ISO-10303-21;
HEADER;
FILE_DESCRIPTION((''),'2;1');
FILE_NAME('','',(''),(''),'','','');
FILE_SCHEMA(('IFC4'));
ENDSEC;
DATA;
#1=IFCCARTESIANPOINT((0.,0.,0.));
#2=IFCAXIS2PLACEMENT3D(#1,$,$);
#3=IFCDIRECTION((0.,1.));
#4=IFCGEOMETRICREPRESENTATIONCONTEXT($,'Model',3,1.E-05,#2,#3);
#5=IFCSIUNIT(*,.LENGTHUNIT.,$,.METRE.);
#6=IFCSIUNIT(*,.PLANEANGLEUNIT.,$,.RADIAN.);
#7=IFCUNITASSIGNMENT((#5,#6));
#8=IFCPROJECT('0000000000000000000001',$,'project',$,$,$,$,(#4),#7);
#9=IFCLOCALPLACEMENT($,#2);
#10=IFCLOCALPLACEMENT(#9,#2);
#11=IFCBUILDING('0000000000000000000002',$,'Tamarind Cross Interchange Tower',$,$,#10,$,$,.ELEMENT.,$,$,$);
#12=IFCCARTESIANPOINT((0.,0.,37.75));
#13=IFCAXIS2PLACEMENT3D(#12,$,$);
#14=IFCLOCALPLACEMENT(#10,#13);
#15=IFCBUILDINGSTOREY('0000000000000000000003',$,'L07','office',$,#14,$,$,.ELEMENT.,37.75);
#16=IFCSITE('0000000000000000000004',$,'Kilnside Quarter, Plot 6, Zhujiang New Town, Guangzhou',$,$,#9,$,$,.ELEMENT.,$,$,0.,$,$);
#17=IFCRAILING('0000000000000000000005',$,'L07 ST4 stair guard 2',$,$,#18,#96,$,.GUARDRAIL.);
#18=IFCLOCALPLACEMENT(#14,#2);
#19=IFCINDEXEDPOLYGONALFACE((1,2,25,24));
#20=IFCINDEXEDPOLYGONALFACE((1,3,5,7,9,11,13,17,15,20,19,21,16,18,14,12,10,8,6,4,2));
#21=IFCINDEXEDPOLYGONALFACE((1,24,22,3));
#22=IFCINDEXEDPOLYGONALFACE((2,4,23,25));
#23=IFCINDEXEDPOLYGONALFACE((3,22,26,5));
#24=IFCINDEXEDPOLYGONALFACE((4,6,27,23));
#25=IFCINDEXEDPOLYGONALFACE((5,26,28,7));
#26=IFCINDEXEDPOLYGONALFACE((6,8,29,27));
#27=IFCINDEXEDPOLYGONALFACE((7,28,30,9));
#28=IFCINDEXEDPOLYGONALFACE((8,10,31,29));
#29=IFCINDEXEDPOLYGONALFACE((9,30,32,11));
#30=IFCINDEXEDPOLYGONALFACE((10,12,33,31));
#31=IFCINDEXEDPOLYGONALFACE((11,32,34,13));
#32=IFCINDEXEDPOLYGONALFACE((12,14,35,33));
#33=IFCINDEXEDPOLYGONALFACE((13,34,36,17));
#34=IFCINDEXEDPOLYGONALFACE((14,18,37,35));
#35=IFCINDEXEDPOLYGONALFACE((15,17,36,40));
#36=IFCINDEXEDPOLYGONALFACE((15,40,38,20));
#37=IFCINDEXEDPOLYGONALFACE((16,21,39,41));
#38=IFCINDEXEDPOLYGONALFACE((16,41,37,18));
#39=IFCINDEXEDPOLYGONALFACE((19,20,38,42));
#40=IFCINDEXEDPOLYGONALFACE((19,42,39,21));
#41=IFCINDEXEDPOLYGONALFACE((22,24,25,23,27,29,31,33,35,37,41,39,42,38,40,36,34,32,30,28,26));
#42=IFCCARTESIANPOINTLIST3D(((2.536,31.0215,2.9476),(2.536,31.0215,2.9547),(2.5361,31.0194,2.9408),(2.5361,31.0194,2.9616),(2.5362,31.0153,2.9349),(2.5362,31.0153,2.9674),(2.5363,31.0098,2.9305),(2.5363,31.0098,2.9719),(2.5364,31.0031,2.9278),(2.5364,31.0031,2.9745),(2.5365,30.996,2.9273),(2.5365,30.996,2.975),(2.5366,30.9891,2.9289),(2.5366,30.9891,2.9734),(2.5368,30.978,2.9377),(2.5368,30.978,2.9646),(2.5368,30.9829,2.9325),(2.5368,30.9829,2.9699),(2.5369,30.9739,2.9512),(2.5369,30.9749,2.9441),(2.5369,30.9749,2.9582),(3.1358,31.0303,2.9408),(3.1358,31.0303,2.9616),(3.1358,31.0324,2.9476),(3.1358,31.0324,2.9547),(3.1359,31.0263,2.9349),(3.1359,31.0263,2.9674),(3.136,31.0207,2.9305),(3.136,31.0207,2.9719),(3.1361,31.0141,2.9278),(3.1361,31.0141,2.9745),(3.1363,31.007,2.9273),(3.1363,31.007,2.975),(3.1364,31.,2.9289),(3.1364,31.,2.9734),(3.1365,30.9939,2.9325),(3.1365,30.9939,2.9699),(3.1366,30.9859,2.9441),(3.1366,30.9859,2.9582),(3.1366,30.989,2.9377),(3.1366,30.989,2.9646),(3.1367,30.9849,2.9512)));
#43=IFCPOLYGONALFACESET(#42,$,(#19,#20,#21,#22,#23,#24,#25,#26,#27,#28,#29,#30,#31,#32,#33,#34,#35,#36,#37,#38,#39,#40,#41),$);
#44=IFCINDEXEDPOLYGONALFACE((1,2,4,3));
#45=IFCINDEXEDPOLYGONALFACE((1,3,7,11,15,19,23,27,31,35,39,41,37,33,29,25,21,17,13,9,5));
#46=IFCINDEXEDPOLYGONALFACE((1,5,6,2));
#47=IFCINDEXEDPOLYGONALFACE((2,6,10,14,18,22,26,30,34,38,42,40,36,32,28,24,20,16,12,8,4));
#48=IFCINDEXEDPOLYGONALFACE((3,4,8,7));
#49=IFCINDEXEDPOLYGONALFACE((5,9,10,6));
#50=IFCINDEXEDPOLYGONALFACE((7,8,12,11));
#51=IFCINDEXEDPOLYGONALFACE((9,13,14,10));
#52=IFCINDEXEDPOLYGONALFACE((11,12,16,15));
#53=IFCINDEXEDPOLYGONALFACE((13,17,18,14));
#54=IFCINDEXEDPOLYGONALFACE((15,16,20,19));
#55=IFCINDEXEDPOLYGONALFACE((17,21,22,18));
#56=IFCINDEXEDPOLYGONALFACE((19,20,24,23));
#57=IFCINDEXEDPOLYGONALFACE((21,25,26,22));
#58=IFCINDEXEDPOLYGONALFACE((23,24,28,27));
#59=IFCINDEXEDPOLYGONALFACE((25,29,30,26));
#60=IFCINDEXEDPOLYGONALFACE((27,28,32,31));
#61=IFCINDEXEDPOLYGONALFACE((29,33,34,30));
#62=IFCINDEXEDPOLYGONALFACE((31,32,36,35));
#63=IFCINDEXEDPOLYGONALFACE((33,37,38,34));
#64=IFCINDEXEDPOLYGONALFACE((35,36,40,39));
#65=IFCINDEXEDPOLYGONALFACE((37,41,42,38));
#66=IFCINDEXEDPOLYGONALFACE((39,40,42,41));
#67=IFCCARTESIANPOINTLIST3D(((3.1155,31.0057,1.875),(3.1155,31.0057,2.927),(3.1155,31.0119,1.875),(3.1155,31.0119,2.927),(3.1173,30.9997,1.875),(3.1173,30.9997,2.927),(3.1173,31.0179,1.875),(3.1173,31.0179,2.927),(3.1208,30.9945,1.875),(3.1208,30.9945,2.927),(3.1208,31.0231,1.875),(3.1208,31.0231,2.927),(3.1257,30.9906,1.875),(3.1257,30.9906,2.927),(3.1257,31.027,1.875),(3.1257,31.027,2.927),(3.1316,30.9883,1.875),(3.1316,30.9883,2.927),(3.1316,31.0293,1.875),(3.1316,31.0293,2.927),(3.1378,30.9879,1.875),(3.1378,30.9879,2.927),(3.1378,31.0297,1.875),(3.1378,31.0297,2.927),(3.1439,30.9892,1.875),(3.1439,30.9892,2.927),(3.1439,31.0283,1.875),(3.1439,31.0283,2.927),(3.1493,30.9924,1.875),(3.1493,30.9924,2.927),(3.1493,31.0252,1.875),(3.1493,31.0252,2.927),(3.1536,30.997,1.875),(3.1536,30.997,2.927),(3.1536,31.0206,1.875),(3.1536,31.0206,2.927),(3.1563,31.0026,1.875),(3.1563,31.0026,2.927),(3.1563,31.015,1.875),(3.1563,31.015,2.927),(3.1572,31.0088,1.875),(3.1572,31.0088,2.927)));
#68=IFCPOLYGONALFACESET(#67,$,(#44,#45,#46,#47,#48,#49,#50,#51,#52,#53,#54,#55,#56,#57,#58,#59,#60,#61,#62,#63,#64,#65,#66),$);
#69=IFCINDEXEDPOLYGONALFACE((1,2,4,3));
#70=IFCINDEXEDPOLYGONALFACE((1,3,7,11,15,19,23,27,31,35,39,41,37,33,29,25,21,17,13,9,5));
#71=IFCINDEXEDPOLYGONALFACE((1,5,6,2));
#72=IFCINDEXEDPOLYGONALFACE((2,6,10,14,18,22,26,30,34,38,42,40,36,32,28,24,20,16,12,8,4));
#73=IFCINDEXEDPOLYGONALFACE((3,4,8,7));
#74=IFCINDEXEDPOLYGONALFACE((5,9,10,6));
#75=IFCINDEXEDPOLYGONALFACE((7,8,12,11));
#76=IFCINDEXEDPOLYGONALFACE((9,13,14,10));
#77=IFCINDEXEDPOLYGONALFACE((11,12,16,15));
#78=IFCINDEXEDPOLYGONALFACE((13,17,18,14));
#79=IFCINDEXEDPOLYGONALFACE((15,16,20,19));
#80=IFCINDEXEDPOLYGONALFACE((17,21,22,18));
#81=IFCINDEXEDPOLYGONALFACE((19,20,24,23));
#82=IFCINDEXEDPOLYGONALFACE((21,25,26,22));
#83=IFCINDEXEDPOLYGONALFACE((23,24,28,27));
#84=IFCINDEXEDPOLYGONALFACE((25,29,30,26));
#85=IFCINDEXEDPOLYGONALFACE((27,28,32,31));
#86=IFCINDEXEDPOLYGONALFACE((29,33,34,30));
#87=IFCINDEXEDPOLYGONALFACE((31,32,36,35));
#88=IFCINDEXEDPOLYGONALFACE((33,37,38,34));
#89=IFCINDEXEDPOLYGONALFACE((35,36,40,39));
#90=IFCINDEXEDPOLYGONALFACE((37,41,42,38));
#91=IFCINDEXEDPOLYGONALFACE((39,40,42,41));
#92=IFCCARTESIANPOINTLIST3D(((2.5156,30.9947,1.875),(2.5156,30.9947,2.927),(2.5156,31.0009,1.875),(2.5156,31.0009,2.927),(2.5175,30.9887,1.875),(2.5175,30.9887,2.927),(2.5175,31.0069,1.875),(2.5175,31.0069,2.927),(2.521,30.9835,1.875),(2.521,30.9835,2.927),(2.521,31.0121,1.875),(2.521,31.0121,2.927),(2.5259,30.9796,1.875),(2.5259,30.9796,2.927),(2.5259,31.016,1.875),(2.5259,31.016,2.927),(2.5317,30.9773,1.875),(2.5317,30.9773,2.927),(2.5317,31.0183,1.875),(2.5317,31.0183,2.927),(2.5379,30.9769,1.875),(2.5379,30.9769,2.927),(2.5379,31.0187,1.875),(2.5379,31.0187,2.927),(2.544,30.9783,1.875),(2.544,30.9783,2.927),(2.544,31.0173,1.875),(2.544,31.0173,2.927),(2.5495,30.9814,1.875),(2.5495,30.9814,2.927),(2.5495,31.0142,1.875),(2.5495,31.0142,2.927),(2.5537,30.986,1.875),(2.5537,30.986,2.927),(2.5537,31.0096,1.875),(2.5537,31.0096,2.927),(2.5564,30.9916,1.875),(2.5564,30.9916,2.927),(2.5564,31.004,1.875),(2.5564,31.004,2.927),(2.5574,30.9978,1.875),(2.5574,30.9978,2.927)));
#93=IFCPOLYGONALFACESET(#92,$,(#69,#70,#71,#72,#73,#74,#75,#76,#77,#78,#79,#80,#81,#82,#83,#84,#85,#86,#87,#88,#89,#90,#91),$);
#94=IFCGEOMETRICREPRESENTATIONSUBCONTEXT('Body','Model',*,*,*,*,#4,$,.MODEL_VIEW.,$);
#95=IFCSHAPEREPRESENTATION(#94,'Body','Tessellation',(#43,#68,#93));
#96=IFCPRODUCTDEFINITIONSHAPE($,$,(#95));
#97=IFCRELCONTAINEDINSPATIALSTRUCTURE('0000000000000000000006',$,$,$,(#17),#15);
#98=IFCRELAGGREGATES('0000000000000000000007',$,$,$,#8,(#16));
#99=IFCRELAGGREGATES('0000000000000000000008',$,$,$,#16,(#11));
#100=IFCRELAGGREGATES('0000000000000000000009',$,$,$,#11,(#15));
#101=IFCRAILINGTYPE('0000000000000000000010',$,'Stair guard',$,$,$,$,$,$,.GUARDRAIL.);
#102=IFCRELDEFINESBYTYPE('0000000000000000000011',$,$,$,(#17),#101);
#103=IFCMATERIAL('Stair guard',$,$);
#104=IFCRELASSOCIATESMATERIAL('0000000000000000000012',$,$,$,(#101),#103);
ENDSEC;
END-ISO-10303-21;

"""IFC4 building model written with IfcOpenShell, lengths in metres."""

from ifc_helpers import new_model, si_unit, direction, frame, origin, origin_2d, place, context, subcontext, project, spatial, circle, extrude, material, type_object, element, save


model = new_model("IFC4")

# Units and contexts
model_context = context("Model", 3, precision=1e-05, world=origin(), true_north=direction((0.0, 1.0)))
body_context = subcontext(model_context, "Body", "Model", "MODEL_VIEW")
ifc_project = project(units=[si_unit("LENGTHUNIT", "METRE"), si_unit("PLANEANGLEUNIT", "RADIAN")], contexts=[model_context])

# Site, building, storey
site_placement = place(None, origin())
site = spatial("IfcSite", under=ifc_project, at=site_placement, Name="Kilnside Quarter, Plot 6, Zhujiang New Town, Guangzhou", CompositionType="ELEMENT", RefElevation=0.0)
building_placement = place(site_placement, origin())
building = spatial("IfcBuilding", under=site, at=building_placement, Name="Tamarind Cross Interchange Tower", CompositionType="ELEMENT")
storey_placement = place(building_placement, frame((0.0, 0.0, 37.75)))
storey = spatial("IfcBuildingStorey", under=building, at=storey_placement, Name="L07", Description="office", CompositionType="ELEMENT", Elevation=37.75)

# Railing
ifc_material_1 = material(Name="Stair guard")
railing_type_1 = type_object("IfcRailingType", Name="Stair guard", PredefinedType="GUARDRAIL", material=ifc_material_1)
railing_1_placement = place(storey_placement, frame((3.1362, 31.0088, 1.875)))
element("IfcRailing", 1, at=railing_1_placement, inside=storey, type_object=railing_type_1, Name="L07 ST4 stair guard 2", PredefinedType="GUARDRAIL", context=body_context, shape_type="SweptSolid", body=[
    extrude(circle(Radius=0.0239, at=origin_2d()), frame((0.0, 0.0, 1.0762), z_axis=(-0.999832, -0.018312, 0.0), x_axis=(0.018312, -0.999832, 0.0)), (0.0, 0.0, 1.0), 0.5999),
    extrude(circle(Radius=0.021, at=origin_2d()), origin(), (0.0, 0.0, 1.0), 1.052),
    extrude(circle(Radius=0.021, at=origin_2d()), frame((-0.5999, -0.011, 0.0)), (0.0, 0.0, 1.0), 1.052),
])

save(model, "model.ifc")
